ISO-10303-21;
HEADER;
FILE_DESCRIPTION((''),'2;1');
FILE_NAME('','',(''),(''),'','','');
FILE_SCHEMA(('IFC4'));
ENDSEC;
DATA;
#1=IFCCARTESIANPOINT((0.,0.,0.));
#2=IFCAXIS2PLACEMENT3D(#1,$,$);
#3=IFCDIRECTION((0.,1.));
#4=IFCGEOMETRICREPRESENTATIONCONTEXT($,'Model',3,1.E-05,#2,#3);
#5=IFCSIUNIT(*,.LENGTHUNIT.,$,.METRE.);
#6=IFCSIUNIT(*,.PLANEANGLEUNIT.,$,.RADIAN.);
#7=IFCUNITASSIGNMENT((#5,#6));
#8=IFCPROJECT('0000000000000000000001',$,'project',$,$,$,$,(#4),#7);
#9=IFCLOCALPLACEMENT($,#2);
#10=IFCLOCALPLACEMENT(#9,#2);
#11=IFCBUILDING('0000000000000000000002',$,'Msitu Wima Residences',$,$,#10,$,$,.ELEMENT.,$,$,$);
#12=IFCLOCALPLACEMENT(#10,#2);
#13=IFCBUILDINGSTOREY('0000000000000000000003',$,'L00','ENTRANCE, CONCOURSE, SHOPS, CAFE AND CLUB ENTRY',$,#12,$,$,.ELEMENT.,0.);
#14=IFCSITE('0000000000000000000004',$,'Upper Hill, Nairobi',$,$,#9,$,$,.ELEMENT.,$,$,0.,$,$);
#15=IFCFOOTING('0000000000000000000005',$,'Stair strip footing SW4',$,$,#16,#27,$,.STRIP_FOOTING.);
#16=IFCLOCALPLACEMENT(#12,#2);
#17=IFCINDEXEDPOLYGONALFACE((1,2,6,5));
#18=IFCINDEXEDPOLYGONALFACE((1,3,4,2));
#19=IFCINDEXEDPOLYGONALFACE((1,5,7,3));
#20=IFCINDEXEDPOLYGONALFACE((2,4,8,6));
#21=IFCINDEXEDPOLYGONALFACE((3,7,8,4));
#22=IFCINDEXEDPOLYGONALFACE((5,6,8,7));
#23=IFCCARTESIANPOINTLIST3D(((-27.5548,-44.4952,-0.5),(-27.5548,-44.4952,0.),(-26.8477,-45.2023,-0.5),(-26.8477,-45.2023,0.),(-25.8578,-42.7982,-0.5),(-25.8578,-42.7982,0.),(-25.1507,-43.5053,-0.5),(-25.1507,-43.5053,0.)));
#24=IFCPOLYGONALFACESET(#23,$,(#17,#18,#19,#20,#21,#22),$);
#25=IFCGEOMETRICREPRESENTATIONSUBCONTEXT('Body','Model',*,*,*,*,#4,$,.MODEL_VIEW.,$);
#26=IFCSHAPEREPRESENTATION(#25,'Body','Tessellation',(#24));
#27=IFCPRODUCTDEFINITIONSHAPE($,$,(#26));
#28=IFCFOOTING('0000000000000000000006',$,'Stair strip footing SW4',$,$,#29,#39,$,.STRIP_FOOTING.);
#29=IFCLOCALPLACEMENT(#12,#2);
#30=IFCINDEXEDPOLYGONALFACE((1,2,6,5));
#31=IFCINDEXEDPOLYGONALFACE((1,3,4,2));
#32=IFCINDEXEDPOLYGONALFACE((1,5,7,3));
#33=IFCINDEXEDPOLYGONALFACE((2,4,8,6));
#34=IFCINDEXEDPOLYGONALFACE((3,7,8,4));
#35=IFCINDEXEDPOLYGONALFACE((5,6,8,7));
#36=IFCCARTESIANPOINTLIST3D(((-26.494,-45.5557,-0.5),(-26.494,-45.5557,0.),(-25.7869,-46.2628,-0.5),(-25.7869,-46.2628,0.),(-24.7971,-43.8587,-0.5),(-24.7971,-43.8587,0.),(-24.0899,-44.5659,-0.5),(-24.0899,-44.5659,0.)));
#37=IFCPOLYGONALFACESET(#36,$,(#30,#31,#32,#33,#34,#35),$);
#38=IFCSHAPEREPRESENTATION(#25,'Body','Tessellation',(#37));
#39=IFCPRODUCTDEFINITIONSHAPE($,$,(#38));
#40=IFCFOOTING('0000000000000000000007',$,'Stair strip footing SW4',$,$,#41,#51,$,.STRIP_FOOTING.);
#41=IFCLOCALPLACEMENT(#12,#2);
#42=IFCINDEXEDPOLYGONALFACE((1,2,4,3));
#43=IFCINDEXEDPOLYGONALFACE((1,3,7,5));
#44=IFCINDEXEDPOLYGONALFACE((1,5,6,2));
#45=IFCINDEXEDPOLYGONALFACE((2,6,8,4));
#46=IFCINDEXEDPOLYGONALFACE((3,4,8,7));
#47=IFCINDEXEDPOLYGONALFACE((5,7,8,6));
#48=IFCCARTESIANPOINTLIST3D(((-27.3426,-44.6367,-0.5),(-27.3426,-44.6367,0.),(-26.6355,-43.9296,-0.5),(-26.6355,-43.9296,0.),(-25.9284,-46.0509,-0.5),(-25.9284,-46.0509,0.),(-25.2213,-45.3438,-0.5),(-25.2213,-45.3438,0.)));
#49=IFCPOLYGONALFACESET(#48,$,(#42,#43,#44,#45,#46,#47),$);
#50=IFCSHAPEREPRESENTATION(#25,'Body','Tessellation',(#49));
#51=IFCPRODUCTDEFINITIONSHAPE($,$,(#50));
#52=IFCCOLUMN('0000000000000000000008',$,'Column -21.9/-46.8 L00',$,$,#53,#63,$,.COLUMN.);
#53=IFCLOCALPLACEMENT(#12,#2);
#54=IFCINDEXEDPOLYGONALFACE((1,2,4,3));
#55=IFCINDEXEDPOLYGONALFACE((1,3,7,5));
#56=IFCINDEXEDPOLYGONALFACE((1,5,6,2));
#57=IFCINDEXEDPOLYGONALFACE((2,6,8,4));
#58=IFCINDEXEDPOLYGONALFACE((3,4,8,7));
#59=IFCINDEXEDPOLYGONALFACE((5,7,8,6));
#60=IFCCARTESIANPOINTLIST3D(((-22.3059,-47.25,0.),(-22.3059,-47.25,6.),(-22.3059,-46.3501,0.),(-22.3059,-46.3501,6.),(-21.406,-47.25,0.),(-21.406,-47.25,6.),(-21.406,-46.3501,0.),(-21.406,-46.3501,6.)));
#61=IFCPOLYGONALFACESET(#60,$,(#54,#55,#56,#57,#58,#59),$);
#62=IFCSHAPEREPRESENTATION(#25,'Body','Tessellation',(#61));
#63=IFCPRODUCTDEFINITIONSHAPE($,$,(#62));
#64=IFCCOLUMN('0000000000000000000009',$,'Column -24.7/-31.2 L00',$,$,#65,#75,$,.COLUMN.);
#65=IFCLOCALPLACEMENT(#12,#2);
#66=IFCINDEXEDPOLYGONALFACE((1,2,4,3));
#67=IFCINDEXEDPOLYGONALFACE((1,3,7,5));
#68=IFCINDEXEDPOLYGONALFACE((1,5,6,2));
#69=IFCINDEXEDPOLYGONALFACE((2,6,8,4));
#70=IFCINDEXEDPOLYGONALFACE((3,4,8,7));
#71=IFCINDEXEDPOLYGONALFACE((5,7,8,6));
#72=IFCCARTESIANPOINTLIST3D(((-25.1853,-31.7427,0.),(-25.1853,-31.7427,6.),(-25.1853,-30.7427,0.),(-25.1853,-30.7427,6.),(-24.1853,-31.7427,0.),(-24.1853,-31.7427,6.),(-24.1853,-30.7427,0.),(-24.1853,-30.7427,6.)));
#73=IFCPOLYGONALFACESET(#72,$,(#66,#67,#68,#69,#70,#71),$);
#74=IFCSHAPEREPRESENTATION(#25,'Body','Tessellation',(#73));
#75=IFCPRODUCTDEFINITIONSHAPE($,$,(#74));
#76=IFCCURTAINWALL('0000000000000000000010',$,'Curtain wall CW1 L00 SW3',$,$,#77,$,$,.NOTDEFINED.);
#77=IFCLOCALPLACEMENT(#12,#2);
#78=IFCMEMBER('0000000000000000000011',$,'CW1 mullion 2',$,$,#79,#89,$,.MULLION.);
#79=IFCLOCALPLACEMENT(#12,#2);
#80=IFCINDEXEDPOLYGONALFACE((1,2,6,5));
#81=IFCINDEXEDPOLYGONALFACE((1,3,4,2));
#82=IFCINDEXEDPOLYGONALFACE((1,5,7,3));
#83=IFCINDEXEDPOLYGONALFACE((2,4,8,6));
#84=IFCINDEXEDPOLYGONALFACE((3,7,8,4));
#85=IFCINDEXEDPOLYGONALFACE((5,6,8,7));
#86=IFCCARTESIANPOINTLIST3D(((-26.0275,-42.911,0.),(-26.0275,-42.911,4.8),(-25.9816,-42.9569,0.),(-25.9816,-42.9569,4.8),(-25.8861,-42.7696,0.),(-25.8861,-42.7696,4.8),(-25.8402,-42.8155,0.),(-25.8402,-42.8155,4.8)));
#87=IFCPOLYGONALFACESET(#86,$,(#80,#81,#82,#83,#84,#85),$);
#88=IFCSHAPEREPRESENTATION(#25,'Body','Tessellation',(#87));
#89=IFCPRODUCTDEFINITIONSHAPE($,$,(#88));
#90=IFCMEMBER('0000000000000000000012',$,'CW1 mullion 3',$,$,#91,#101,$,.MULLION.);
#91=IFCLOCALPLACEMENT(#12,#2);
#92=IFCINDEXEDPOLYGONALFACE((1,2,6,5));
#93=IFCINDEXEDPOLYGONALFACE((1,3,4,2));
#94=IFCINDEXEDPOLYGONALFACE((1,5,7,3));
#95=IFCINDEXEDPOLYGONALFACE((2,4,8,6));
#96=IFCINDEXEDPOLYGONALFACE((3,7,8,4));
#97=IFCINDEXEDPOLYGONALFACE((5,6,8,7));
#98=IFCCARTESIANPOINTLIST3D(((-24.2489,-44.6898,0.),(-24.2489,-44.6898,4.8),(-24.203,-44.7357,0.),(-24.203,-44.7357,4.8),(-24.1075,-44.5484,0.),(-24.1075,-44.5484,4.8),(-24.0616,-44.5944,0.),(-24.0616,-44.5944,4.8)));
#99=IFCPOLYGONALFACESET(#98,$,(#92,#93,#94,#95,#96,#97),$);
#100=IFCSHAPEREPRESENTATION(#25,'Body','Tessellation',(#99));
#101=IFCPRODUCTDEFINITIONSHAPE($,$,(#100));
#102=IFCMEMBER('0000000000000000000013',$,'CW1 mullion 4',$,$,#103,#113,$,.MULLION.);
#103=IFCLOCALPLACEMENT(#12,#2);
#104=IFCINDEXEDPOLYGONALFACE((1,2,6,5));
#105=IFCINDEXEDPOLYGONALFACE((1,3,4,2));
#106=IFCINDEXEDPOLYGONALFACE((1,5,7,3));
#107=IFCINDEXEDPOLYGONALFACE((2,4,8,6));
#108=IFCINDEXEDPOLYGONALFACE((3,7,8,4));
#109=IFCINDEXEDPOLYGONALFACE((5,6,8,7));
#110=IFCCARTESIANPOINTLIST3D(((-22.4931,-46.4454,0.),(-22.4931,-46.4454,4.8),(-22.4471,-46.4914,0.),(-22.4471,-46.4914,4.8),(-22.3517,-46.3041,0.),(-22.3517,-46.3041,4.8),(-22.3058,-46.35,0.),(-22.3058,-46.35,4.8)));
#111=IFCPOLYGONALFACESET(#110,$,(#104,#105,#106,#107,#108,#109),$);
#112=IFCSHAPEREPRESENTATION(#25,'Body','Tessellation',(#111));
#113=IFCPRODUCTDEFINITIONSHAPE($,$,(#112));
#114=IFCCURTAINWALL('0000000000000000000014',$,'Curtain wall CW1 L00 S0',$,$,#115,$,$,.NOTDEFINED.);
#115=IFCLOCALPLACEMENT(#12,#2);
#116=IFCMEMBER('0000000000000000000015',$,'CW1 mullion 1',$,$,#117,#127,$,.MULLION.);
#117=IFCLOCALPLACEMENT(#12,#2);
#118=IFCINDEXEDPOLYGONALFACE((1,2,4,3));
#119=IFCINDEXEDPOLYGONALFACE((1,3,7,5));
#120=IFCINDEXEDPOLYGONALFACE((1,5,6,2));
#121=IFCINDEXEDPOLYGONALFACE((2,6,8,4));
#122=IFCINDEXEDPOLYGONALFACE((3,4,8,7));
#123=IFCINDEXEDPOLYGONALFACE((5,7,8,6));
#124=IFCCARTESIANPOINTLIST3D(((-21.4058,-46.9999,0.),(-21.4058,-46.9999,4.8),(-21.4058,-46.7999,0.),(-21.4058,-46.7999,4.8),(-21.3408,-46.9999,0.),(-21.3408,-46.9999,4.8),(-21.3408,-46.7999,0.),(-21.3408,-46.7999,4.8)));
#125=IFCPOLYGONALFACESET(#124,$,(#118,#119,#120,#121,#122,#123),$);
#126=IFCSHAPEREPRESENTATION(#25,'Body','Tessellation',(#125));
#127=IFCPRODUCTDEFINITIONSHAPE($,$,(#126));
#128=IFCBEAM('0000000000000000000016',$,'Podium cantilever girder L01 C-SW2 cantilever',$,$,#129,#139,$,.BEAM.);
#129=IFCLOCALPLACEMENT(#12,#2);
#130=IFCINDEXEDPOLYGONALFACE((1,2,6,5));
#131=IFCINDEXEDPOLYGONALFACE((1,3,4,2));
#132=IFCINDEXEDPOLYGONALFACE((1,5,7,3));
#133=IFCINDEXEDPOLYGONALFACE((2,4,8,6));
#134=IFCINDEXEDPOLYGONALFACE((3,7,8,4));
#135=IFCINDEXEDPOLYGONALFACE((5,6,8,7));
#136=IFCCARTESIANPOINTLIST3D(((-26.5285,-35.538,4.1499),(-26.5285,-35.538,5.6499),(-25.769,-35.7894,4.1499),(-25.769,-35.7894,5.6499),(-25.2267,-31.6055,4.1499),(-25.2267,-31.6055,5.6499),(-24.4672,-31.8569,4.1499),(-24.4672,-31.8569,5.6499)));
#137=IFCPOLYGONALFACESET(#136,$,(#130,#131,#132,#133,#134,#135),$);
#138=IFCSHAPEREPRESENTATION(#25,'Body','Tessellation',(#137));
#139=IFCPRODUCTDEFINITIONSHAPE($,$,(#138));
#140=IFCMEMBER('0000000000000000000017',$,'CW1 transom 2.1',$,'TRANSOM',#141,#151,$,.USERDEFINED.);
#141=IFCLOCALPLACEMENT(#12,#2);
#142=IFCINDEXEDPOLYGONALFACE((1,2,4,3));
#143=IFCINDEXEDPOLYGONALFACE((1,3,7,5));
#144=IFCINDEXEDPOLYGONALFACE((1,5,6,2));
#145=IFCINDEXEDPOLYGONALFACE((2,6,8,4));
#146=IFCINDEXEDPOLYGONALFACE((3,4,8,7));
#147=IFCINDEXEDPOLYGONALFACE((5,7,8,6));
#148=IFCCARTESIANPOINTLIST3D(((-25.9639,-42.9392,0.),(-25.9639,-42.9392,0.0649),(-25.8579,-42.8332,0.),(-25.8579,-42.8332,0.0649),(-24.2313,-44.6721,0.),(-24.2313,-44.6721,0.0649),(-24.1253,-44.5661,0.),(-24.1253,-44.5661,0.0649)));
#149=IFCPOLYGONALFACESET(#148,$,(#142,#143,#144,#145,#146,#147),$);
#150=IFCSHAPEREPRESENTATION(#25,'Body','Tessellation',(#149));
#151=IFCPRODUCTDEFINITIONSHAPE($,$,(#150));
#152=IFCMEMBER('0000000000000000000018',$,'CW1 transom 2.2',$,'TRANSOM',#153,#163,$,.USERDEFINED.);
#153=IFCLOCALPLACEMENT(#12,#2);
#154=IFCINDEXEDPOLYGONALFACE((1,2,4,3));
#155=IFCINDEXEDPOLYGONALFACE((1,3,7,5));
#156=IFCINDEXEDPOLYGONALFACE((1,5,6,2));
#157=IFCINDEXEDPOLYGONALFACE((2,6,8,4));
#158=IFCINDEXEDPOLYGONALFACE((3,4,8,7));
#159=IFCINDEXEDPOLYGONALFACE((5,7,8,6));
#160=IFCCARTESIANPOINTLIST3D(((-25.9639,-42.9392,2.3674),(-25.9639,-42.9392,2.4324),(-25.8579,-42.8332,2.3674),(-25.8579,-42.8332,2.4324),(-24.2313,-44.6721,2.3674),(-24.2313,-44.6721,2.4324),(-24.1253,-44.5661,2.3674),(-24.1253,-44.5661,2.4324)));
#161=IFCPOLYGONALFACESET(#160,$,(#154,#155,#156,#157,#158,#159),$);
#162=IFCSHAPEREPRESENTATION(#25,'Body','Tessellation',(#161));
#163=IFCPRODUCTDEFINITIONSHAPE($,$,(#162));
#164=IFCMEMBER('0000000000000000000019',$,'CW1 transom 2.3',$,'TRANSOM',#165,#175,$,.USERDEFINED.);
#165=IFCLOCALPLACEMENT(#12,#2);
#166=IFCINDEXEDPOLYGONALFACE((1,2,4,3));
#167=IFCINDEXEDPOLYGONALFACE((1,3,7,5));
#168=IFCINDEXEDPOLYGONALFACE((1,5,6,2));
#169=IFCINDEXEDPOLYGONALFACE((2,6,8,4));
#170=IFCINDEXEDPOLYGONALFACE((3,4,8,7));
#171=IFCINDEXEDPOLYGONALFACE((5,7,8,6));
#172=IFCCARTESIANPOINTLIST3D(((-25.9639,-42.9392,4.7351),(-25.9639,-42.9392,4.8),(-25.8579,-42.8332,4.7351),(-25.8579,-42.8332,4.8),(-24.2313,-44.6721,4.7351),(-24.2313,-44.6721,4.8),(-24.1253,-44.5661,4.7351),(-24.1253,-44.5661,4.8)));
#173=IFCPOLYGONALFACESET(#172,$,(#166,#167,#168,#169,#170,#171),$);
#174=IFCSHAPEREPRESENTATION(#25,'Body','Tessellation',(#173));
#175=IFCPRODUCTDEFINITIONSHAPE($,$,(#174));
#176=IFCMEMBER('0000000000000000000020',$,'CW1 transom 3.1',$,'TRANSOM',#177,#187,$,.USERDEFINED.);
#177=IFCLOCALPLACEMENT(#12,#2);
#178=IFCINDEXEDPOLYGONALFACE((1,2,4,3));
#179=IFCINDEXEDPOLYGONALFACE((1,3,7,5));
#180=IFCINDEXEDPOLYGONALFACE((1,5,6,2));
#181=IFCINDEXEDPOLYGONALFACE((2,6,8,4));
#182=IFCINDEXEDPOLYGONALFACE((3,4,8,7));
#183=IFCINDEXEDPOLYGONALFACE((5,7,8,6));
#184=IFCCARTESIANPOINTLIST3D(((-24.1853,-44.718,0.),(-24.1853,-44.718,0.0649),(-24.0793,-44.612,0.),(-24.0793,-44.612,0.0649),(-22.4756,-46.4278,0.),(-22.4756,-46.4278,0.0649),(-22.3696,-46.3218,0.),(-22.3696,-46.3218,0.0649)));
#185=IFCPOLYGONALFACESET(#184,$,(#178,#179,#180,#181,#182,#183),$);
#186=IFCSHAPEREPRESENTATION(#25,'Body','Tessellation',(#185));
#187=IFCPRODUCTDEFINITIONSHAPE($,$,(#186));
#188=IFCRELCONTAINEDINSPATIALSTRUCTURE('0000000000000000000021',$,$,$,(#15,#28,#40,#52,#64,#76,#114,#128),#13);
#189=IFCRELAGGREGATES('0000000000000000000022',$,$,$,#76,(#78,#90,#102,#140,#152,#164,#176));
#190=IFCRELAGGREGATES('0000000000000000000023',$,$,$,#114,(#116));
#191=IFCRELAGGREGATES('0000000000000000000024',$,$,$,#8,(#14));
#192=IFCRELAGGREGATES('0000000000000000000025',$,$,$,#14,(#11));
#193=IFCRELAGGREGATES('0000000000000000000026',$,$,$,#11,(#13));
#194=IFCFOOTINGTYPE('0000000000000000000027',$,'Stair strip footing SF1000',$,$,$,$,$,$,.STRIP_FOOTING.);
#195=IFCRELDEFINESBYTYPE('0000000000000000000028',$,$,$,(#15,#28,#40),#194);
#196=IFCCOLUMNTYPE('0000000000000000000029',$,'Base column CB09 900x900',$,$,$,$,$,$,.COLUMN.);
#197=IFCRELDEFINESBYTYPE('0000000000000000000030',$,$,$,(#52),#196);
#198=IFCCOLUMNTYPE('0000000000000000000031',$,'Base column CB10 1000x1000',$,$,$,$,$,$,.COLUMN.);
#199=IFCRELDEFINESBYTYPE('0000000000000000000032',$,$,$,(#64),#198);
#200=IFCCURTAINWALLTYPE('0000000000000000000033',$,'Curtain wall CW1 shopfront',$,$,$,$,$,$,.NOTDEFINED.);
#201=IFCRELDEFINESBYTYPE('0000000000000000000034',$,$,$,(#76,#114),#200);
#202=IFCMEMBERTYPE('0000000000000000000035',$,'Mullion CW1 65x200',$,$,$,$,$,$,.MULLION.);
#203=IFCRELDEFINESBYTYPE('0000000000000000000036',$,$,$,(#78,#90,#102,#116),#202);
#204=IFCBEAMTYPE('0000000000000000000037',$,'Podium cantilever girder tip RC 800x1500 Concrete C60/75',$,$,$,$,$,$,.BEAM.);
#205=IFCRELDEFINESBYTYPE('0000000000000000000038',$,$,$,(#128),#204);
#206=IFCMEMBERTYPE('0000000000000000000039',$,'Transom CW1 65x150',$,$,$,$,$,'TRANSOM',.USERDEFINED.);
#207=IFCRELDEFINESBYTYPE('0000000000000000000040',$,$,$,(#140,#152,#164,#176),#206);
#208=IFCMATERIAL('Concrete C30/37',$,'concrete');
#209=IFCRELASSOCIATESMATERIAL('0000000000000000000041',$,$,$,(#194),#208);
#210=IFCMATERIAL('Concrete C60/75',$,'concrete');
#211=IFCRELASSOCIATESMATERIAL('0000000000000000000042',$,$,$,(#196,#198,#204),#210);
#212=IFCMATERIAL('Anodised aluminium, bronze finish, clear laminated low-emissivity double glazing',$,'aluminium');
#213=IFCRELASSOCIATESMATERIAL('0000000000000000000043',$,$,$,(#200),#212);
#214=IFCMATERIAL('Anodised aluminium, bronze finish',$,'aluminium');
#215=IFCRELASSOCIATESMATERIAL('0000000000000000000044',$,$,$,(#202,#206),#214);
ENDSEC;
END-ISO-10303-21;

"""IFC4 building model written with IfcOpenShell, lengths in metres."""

from ifc_helpers import new_model, si_unit, direction, frame, origin, origin_2d, place, context, subcontext, project, spatial, rectangle, extrude, material, material_profile, profile_set, type_object, element, aggregate, save


model = new_model("IFC4")

# Units and contexts
model_context = context("Model", 3, precision=1e-05, world=origin(), true_north=direction((0.0, 1.0)))
body_context = subcontext(model_context, "Body", "Model", "MODEL_VIEW")
ifc_project = project(units=[si_unit("LENGTHUNIT", "METRE"), si_unit("PLANEANGLEUNIT", "RADIAN")], contexts=[model_context])

# Site, building, storey
site_placement = place(None, origin())
site = spatial("IfcSite", under=ifc_project, at=site_placement, Name="Upper Hill, Nairobi", CompositionType="ELEMENT", RefElevation=0.0)
building_placement = place(site_placement, origin())
building = spatial("IfcBuilding", under=site, at=building_placement, Name="Msitu Wima Residences", CompositionType="ELEMENT")
storey_placement = place(building_placement, origin())
storey = spatial("IfcBuildingStorey", under=building, at=storey_placement, Name="L00", Description="ENTRANCE, CONCOURSE, SHOPS, CAFE AND CLUB ENTRY", CompositionType="ELEMENT", Elevation=0.0)

# Footings
ifc_material_1 = material(Name="Concrete C30/37", Category="concrete")
footing_type = type_object("IfcFootingType", Name="Stair strip footing SF1000", PredefinedType="STRIP_FOOTING", material=ifc_material_1)
for number, where, z_axis, x_axis, name in (
    (1, (-26.3528, -44.0002, -0.5), (0.0, 0.0, 1.0), (-0.707107, -0.707107, 0.0), "Stair strip footing SW4"),
    (2, (-25.292, -45.0608, -0.5), (0.0, 0.0, 1.0), (-0.707107, -0.707107, 0.0), "Stair strip footing SW4"),
):
    element("IfcFooting", number, at=place(storey_placement, frame(where, z_axis=z_axis, x_axis=x_axis)), inside=storey, type_object=footing_type, Name=name, PredefinedType="STRIP_FOOTING", context=body_context, shape_type="SweptSolid", body=[
        extrude(rectangle(XDim=2.3999, YDim=1.0, at=origin_2d()), origin(), (0.0, 0.0, 1.0), 0.5),
    ])
footing_placement = place(storey_placement, frame((-26.282, -44.9902, -0.5), z_axis=(0.0, 0.0, 1.0), x_axis=(0.707107, -0.707107, 0.0)))
element("IfcFooting", 3, at=footing_placement, inside=storey, type_object=footing_type, Name="Stair strip footing SW4", PredefinedType="STRIP_FOOTING", context=body_context, shape_type="SweptSolid", body=[
    extrude(rectangle(XDim=2.0, YDim=1.0, at=origin_2d()), origin(), (0.0, 0.0, 1.0), 0.5),
])

# Columns
ifc_material_2 = material(Name="Concrete C60/75", Category="concrete")
ifc_material_profile_1 = material_profile(ifc_material_2, rectangle(XDim=0.8999, YDim=0.8999, at=origin_2d()), Name="RC 900x900")
ifc_profile_set_1 = profile_set([ifc_material_profile_1], Name="Concrete C60/75")
column_type_1 = type_object("IfcColumnType", Name="Base column CB09 900x900", PredefinedType="COLUMN", material=ifc_profile_set_1)
column_1_placement = place(storey_placement, frame((-21.856, -46.8, 0.0), z_axis=(0.0, 0.0, 1.0), x_axis=(1.0, 0.0, 0.0)))
element("IfcColumn", 4, at=column_1_placement, inside=storey, type_object=column_type_1, Name="Column -21.9/-46.8 L00", PredefinedType="COLUMN", context=body_context, shape_type="SweptSolid", body=[
    extrude(rectangle(XDim=0.8999, YDim=0.8999, at=origin_2d()), origin(), (0.0, 0.0, 1.0), 6.0),
])
ifc_material_profile_2 = material_profile(ifc_material_2, rectangle(XDim=1.0, YDim=1.0, at=origin_2d()), Name="RC 1000x1000")
ifc_profile_set_2 = profile_set([ifc_material_profile_2], Name="Concrete C60/75")
column_type_2 = type_object("IfcColumnType", Name="Base column CB10 1000x1000", PredefinedType="COLUMN", material=ifc_profile_set_2)
column_2_placement = place(storey_placement, frame((-24.6853, -31.2427, 0.0), z_axis=(0.0, 0.0, 1.0), x_axis=(1.0, 0.0, 0.0)))
element("IfcColumn", 5, at=column_2_placement, inside=storey, type_object=column_type_2, Name="Column -24.7/-31.2 L00", PredefinedType="COLUMN", context=body_context, shape_type="SweptSolid", body=[
    extrude(rectangle(XDim=1.0, YDim=1.0, at=origin_2d()), origin(), (0.0, 0.0, 1.0), 6.0),
])

# Curtain wall, members
ifc_material_3 = material(Name="Anodised aluminium, bronze finish, clear laminated low-emissivity double glazing", Category="aluminium")
curtain_wall_type = type_object("IfcCurtainWallType", Name="Curtain wall CW1 shopfront", PredefinedType="NOTDEFINED", material=ifc_material_3)
curtain_wall_1_placement = place(storey_placement, origin())
curtain_wall_1 = element("IfcCurtainWall", 6, at=curtain_wall_1_placement, inside=storey, type_object=curtain_wall_type, Name="Curtain wall CW1 L00 SW3", PredefinedType="NOTDEFINED")
ifc_material_4 = material(Name="Anodised aluminium, bronze finish", Category="aluminium")
ifc_material_profile_3 = material_profile(ifc_material_4, rectangle(XDim=0.2, YDim=0.0649, at=origin_2d()), Name="Mullion 65x200")
ifc_profile_set_3 = profile_set([ifc_material_profile_3], Name="Anodised aluminium, bronze finish")
member_type_1 = type_object("IfcMemberType", Name="Mullion CW1 65x200", PredefinedType="MULLION", material=ifc_profile_set_3)
member_1_placement = place(storey_placement, frame((-25.9338, -42.8633, 0.0), z_axis=(0.0, 0.0, 1.0), x_axis=(0.707107, 0.707107, 0.0)))
member_1 = element("IfcMember", 7, at=member_1_placement, type_object=member_type_1, Name="CW1 mullion 2", PredefinedType="MULLION", context=body_context, shape_type="SweptSolid", body=[
    extrude(rectangle(XDim=0.2, YDim=0.0649, at=origin_2d()), origin(), (0.0, 0.0, 1.0), 4.8),
])
member_2_placement = place(storey_placement, frame((-24.1553, -44.6421, 0.0), z_axis=(0.0, 0.0, 1.0), x_axis=(0.707107, 0.707107, 0.0)))
member_2 = element("IfcMember", 8, at=member_2_placement, type_object=member_type_1, Name="CW1 mullion 3", PredefinedType="MULLION", context=body_context, shape_type="SweptSolid", body=[
    extrude(rectangle(XDim=0.2, YDim=0.0649, at=origin_2d()), origin(), (0.0, 0.0, 1.0), 4.8),
])
member_3_placement = place(storey_placement, frame((-22.3994, -46.3977, 0.0), z_axis=(0.0, 0.0, 1.0), x_axis=(0.707107, 0.707107, 0.0)))
member_3 = element("IfcMember", 9, at=member_3_placement, type_object=member_type_1, Name="CW1 mullion 4", PredefinedType="MULLION", context=body_context, shape_type="SweptSolid", body=[
    extrude(rectangle(XDim=0.2, YDim=0.0649, at=origin_2d()), origin(), (0.0, 0.0, 1.0), 4.8),
])

# Curtain wall, member
curtain_wall_2_placement = place(storey_placement, origin())
curtain_wall_2 = element("IfcCurtainWall", 10, at=curtain_wall_2_placement, inside=storey, type_object=curtain_wall_type, Name="Curtain wall CW1 L00 S0", PredefinedType="NOTDEFINED")
member_4_placement = place(storey_placement, frame((-21.3733, -46.8999, 0.0), z_axis=(0.0, 0.0, 1.0), x_axis=(0.0, 1.0, 0.0)))
member_4 = element("IfcMember", 11, at=member_4_placement, type_object=member_type_1, Name="CW1 mullion 1", PredefinedType="MULLION", context=body_context, shape_type="SweptSolid", body=[
    extrude(rectangle(XDim=0.2, YDim=0.0649, at=origin_2d()), origin(), (0.0, 0.0, 1.0), 4.8),
])

# Beam
ifc_material_profile_4 = material_profile(ifc_material_2, rectangle(XDim=0.8, YDim=1.5, at=origin_2d()), Name="RC 800x1500")
ifc_profile_set_4 = profile_set([ifc_material_profile_4], Name="Concrete C60/75")
beam_type = type_object("IfcBeamType", Name="Podium cantilever girder tip RC 800x1500 Concrete C60/75", PredefinedType="BEAM", material=ifc_profile_set_4)
beam_placement = place(storey_placement, frame((-24.8469, -31.7312, 4.8999), z_axis=(-0.314264, -0.949335, 0.0), x_axis=(0.949335, -0.314264, 0.0)))
element("IfcBeam", 12, at=beam_placement, inside=storey, type_object=beam_type, Name="Podium cantilever girder L01 C-SW2 cantilever", PredefinedType="BEAM", context=body_context, shape_type="SweptSolid", body=[
    extrude(rectangle(XDim=0.8, YDim=1.5, at=origin_2d()), origin(), (0.0, 0.0, 1.0), 4.1423),
])

# Members
ifc_material_profile_5 = material_profile(ifc_material_4, rectangle(XDim=0.1499, YDim=0.0649, at=origin_2d()), Name="Transom 65x150")
ifc_profile_set_5 = profile_set([ifc_material_profile_5], Name="Anodised aluminium, bronze finish")
member_type_2 = type_object("IfcMemberType", Name="Transom CW1 65x150", ElementType="TRANSOM", PredefinedType="USERDEFINED", material=ifc_profile_set_5)
member_5_placement = place(storey_placement, frame((-25.9109, -42.8862, 0.0325), z_axis=(0.707057, -0.707157, 0.0), x_axis=(0.707157, 0.707057, 0.0)))
member_5 = element("IfcMember", 13, at=member_5_placement, type_object=member_type_2, Name="CW1 transom 2.1", ObjectType="TRANSOM", PredefinedType="USERDEFINED", context=body_context, shape_type="SweptSolid", body=[
    extrude(rectangle(XDim=0.1499, YDim=0.0649, at=origin_2d()), origin(), (0.0, 0.0, 1.0), 2.4504),
])
member_6_placement = place(storey_placement, frame((-25.9109, -42.8862, 2.3999), z_axis=(0.707057, -0.707157, 0.0), x_axis=(0.707157, 0.707057, 0.0)))
member_6 = element("IfcMember", 14, at=member_6_placement, type_object=member_type_2, Name="CW1 transom 2.2", ObjectType="TRANSOM", PredefinedType="USERDEFINED", context=body_context, shape_type="SweptSolid", body=[
    extrude(rectangle(XDim=0.1499, YDim=0.0649, at=origin_2d()), origin(), (0.0, 0.0, 1.0), 2.4504),
])
member_7_placement = place(storey_placement, frame((-25.9109, -42.8862, 4.7676), z_axis=(0.707057, -0.707157, 0.0), x_axis=(0.707157, 0.707057, 0.0)))
member_7 = element("IfcMember", 15, at=member_7_placement, type_object=member_type_2, Name="CW1 transom 2.3", ObjectType="TRANSOM", PredefinedType="USERDEFINED", context=body_context, shape_type="SweptSolid", body=[
    extrude(rectangle(XDim=0.1499, YDim=0.0649, at=origin_2d()), origin(), (0.0, 0.0, 1.0), 2.4504),
])
member_8_placement = place(storey_placement, frame((-24.1323, -44.665, 0.0325), z_axis=(0.707107, -0.707107, 0.0), x_axis=(0.707107, 0.707107, 0.0)))
member_8 = element("IfcMember", 16, at=member_8_placement, type_object=member_type_2, Name="CW1 transom 3.1", ObjectType="TRANSOM", PredefinedType="USERDEFINED", context=body_context, shape_type="SweptSolid", body=[
    extrude(rectangle(XDim=0.1499, YDim=0.0649, at=origin_2d()), origin(), (0.0, 0.0, 1.0), 2.418),
])

aggregate(curtain_wall_1, [member_1, member_2, member_3, member_5, member_6, member_7, member_8])
aggregate(curtain_wall_2, [member_4])

save(model, "model.ifc")
